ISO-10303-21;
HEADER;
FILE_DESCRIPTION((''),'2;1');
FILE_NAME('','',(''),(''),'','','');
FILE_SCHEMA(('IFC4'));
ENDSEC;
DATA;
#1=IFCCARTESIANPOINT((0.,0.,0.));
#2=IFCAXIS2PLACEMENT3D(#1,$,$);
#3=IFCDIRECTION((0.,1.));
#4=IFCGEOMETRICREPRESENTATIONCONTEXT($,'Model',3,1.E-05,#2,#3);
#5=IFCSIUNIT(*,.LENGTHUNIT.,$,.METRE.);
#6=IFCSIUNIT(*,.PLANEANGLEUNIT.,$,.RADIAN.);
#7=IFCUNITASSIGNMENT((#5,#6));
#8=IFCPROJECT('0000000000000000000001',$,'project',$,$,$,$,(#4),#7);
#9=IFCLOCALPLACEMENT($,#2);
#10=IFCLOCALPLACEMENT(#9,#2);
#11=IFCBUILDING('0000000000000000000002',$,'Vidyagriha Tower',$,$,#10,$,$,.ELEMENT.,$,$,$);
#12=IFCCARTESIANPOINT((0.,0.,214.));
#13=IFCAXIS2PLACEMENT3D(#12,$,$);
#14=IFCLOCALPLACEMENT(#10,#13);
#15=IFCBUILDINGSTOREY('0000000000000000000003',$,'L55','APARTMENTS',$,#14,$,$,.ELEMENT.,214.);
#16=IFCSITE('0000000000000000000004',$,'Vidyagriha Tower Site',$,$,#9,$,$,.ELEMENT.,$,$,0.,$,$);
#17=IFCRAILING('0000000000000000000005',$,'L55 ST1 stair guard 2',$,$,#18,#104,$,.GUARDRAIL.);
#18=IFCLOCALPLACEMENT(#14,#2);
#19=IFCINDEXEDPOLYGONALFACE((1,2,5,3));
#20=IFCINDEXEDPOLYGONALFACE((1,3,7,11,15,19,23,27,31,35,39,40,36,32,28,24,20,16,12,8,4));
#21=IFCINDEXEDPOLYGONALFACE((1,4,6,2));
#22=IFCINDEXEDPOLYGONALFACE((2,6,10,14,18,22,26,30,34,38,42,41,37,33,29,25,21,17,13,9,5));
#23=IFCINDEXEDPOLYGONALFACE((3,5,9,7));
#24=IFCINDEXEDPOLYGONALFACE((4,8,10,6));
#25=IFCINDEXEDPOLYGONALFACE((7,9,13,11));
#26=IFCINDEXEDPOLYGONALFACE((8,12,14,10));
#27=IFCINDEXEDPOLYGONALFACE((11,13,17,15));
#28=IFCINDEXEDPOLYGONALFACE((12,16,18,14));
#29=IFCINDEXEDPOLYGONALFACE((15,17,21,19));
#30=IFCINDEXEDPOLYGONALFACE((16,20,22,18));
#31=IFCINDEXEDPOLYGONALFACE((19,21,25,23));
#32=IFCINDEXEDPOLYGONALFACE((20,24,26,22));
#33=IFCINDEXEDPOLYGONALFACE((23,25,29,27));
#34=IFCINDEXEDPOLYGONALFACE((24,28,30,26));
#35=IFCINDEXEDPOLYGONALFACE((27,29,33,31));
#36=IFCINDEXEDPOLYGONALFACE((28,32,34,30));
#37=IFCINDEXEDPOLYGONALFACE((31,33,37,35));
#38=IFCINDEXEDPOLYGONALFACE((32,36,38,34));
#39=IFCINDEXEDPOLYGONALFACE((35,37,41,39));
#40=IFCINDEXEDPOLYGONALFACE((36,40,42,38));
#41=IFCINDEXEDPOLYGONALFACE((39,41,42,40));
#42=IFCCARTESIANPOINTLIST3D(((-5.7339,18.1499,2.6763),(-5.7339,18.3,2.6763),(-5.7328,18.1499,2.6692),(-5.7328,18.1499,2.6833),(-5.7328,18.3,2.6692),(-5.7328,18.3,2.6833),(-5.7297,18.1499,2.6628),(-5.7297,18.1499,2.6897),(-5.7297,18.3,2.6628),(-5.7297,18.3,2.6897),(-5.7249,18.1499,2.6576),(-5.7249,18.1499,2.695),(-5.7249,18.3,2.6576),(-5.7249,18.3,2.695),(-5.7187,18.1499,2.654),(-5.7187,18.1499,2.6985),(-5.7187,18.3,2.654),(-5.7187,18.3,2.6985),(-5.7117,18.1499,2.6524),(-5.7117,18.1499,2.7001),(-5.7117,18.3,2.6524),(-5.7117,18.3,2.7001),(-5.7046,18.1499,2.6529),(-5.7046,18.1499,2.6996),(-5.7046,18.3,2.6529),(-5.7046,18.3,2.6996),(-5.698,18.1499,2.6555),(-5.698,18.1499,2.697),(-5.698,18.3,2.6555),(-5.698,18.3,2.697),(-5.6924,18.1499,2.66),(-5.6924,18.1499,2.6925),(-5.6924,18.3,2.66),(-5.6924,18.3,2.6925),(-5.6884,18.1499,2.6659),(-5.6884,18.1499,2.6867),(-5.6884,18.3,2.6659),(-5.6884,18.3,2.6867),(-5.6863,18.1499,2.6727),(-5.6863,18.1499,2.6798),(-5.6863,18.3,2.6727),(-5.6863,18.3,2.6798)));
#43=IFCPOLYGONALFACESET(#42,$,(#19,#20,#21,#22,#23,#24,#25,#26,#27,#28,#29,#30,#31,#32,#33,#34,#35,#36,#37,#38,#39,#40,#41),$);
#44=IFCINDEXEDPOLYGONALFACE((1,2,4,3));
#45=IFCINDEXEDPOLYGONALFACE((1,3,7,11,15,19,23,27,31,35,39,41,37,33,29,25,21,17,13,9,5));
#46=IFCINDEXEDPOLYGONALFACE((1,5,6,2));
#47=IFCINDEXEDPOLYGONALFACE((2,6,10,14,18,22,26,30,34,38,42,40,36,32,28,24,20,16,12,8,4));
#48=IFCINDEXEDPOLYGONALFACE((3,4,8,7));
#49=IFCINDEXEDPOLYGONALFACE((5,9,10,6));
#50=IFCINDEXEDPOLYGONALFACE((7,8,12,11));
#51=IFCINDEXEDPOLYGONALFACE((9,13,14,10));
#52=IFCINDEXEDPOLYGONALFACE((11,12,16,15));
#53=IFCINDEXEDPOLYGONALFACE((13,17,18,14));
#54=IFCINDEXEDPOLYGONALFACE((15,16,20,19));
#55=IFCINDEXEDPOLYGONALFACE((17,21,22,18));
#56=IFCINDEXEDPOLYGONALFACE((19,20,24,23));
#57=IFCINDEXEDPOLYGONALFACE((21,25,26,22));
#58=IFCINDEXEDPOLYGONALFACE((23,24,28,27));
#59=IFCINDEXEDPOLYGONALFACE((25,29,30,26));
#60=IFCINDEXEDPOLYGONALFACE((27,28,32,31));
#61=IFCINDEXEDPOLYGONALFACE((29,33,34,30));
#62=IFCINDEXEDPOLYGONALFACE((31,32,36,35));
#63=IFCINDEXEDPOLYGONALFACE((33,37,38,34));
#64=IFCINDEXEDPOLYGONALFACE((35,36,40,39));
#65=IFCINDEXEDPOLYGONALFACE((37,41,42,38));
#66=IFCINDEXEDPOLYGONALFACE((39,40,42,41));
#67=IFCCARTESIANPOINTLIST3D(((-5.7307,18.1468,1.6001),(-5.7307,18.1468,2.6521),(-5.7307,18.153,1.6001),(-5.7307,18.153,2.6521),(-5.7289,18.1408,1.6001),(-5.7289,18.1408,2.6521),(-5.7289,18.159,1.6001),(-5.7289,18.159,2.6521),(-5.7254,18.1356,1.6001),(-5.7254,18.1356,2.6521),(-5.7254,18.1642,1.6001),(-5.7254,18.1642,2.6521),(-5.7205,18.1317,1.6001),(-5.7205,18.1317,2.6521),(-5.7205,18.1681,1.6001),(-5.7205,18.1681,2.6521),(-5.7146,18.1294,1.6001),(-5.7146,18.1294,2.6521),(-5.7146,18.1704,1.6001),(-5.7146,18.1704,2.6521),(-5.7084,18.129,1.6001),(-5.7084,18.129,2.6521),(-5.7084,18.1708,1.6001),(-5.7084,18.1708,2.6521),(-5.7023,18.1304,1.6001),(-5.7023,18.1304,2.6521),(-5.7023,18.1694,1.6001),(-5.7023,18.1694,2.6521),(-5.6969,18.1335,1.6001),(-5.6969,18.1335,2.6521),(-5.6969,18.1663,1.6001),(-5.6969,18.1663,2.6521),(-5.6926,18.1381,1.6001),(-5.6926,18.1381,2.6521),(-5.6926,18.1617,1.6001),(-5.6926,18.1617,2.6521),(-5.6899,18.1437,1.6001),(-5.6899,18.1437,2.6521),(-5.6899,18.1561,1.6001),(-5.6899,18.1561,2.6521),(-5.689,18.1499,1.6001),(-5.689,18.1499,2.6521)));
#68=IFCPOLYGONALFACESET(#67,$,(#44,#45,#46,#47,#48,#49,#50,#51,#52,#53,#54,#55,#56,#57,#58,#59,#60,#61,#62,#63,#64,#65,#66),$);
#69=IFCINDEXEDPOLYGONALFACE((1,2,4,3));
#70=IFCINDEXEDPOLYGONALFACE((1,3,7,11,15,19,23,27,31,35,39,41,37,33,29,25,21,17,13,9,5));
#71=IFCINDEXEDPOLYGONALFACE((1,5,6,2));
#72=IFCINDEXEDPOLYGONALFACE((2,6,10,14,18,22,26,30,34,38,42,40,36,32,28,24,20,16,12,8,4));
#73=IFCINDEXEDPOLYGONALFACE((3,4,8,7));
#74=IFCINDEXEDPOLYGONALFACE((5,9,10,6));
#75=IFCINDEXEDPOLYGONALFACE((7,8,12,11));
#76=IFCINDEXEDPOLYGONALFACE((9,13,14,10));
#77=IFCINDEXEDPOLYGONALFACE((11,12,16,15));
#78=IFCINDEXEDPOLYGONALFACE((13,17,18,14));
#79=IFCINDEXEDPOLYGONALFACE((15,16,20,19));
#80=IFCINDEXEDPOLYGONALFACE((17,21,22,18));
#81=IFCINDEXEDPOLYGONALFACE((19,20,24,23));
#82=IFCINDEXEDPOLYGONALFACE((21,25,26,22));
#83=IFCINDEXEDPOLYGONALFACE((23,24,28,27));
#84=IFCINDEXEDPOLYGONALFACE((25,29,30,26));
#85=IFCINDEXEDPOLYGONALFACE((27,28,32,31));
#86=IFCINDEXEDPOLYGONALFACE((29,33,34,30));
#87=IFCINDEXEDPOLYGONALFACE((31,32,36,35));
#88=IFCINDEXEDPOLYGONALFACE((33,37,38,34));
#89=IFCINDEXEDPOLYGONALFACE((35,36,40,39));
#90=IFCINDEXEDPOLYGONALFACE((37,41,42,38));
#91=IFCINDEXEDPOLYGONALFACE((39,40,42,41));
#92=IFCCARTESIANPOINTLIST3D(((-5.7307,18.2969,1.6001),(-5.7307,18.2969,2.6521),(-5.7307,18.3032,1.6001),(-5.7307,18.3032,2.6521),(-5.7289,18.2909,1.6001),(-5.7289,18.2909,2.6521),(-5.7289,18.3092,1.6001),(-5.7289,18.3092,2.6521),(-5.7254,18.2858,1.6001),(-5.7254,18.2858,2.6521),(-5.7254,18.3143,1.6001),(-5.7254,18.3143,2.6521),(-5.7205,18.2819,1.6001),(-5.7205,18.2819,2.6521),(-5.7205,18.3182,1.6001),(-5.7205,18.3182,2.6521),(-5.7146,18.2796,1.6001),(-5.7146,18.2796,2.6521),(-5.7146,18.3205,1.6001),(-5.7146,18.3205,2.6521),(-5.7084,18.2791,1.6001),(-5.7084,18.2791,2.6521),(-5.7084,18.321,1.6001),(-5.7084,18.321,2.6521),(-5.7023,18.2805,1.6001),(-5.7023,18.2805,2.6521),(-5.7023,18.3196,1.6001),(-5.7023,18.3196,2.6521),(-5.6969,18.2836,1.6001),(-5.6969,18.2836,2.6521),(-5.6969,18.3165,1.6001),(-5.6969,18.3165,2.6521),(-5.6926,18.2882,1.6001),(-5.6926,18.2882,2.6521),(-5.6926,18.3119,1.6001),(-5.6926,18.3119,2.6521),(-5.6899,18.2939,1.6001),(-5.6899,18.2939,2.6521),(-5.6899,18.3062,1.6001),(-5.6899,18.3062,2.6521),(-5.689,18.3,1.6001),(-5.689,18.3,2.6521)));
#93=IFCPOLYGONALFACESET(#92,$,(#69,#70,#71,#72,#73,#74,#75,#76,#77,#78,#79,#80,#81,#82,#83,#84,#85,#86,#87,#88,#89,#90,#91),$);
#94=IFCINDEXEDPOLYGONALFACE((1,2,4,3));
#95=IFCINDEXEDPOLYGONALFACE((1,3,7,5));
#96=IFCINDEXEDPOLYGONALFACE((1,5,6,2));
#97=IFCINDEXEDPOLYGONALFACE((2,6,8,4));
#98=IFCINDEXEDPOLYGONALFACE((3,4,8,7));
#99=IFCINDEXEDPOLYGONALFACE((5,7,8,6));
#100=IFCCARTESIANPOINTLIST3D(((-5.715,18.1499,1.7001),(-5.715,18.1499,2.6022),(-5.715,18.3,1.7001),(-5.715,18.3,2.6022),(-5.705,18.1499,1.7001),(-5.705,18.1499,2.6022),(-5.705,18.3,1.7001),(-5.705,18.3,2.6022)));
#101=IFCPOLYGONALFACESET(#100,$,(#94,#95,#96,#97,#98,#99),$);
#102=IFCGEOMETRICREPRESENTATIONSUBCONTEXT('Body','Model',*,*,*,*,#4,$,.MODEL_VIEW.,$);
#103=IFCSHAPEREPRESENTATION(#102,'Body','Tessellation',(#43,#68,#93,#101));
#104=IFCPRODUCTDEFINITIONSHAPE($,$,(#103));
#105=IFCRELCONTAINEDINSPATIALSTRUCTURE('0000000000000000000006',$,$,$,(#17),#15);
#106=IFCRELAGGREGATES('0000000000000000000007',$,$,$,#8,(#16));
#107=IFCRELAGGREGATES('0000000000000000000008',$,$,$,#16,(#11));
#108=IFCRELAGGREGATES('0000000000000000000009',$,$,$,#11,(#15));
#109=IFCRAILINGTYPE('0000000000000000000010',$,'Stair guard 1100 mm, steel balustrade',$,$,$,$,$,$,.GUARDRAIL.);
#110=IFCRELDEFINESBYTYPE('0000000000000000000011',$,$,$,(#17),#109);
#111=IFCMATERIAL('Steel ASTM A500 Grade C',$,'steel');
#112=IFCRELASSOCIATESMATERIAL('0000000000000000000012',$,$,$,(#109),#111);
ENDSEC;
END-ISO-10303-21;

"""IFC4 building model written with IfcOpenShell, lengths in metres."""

from ifc_helpers import new_model, si_unit, direction, frame, origin, origin_2d, place, context, subcontext, project, spatial, rectangle, circle, extrude, material, type_object, element, save


model = new_model("IFC4")

# Units and contexts
model_context = context("Model", 3, precision=1e-05, world=origin(), true_north=direction((0.0, 1.0)))
body_context = subcontext(model_context, "Body", "Model", "MODEL_VIEW")
ifc_project = project(units=[si_unit("LENGTHUNIT", "METRE"), si_unit("PLANEANGLEUNIT", "RADIAN")], contexts=[model_context])

# Site, building, storey
site_placement = place(None, origin())
site = spatial("IfcSite", under=ifc_project, at=site_placement, Name="Vidyagriha Tower Site", CompositionType="ELEMENT", RefElevation=0.0)
building_placement = place(site_placement, origin())
building = spatial("IfcBuilding", under=site, at=building_placement, Name="Vidyagriha Tower", CompositionType="ELEMENT")
storey_placement = place(building_placement, frame((0.0, 0.0, 214.0)))
storey = spatial("IfcBuildingStorey", under=building, at=storey_placement, Name="L55", Description="APARTMENTS", CompositionType="ELEMENT", Elevation=214.0)

# Railing
ifc_material_1 = material(Name="Steel ASTM A500 Grade C", Category="steel")
railing_type_1 = type_object("IfcRailingType", Name="Stair guard 1100 mm, steel balustrade", PredefinedType="GUARDRAIL", material=ifc_material_1)
railing_1_placement = place(storey_placement, frame((-5.71, 18.1499, 1.6001)))
element("IfcRailing", 1, at=railing_1_placement, inside=storey, type_object=railing_type_1, Name="L55 ST1 stair guard 2", PredefinedType="GUARDRAIL", context=body_context, shape_type="SweptSolid", body=[
    extrude(circle(Radius=0.0239, at=origin_2d()), frame((0.0, 0.0, 1.0762), z_axis=(0.0, 1.0, 0.0), x_axis=(-1.0, 0.0, 0.0)), (0.0, 0.0, 1.0), 0.1501),
    extrude(circle(Radius=0.021, at=origin_2d()), origin(), (0.0, 0.0, 1.0), 1.052),
    extrude(circle(Radius=0.021, at=origin_2d()), frame((0.0, 0.1501, 0.0)), (0.0, 0.0, 1.0), 1.052),
    extrude(rectangle(XDim=0.01, YDim=0.9021, at=origin_2d()), frame((0.0, 0.0, 0.551), z_axis=(0.0, 1.0, 0.0), x_axis=(-1.0, 0.0, 0.0)), (0.0, 0.0, 1.0), 0.1501),
])

save(model, "model.ifc")
